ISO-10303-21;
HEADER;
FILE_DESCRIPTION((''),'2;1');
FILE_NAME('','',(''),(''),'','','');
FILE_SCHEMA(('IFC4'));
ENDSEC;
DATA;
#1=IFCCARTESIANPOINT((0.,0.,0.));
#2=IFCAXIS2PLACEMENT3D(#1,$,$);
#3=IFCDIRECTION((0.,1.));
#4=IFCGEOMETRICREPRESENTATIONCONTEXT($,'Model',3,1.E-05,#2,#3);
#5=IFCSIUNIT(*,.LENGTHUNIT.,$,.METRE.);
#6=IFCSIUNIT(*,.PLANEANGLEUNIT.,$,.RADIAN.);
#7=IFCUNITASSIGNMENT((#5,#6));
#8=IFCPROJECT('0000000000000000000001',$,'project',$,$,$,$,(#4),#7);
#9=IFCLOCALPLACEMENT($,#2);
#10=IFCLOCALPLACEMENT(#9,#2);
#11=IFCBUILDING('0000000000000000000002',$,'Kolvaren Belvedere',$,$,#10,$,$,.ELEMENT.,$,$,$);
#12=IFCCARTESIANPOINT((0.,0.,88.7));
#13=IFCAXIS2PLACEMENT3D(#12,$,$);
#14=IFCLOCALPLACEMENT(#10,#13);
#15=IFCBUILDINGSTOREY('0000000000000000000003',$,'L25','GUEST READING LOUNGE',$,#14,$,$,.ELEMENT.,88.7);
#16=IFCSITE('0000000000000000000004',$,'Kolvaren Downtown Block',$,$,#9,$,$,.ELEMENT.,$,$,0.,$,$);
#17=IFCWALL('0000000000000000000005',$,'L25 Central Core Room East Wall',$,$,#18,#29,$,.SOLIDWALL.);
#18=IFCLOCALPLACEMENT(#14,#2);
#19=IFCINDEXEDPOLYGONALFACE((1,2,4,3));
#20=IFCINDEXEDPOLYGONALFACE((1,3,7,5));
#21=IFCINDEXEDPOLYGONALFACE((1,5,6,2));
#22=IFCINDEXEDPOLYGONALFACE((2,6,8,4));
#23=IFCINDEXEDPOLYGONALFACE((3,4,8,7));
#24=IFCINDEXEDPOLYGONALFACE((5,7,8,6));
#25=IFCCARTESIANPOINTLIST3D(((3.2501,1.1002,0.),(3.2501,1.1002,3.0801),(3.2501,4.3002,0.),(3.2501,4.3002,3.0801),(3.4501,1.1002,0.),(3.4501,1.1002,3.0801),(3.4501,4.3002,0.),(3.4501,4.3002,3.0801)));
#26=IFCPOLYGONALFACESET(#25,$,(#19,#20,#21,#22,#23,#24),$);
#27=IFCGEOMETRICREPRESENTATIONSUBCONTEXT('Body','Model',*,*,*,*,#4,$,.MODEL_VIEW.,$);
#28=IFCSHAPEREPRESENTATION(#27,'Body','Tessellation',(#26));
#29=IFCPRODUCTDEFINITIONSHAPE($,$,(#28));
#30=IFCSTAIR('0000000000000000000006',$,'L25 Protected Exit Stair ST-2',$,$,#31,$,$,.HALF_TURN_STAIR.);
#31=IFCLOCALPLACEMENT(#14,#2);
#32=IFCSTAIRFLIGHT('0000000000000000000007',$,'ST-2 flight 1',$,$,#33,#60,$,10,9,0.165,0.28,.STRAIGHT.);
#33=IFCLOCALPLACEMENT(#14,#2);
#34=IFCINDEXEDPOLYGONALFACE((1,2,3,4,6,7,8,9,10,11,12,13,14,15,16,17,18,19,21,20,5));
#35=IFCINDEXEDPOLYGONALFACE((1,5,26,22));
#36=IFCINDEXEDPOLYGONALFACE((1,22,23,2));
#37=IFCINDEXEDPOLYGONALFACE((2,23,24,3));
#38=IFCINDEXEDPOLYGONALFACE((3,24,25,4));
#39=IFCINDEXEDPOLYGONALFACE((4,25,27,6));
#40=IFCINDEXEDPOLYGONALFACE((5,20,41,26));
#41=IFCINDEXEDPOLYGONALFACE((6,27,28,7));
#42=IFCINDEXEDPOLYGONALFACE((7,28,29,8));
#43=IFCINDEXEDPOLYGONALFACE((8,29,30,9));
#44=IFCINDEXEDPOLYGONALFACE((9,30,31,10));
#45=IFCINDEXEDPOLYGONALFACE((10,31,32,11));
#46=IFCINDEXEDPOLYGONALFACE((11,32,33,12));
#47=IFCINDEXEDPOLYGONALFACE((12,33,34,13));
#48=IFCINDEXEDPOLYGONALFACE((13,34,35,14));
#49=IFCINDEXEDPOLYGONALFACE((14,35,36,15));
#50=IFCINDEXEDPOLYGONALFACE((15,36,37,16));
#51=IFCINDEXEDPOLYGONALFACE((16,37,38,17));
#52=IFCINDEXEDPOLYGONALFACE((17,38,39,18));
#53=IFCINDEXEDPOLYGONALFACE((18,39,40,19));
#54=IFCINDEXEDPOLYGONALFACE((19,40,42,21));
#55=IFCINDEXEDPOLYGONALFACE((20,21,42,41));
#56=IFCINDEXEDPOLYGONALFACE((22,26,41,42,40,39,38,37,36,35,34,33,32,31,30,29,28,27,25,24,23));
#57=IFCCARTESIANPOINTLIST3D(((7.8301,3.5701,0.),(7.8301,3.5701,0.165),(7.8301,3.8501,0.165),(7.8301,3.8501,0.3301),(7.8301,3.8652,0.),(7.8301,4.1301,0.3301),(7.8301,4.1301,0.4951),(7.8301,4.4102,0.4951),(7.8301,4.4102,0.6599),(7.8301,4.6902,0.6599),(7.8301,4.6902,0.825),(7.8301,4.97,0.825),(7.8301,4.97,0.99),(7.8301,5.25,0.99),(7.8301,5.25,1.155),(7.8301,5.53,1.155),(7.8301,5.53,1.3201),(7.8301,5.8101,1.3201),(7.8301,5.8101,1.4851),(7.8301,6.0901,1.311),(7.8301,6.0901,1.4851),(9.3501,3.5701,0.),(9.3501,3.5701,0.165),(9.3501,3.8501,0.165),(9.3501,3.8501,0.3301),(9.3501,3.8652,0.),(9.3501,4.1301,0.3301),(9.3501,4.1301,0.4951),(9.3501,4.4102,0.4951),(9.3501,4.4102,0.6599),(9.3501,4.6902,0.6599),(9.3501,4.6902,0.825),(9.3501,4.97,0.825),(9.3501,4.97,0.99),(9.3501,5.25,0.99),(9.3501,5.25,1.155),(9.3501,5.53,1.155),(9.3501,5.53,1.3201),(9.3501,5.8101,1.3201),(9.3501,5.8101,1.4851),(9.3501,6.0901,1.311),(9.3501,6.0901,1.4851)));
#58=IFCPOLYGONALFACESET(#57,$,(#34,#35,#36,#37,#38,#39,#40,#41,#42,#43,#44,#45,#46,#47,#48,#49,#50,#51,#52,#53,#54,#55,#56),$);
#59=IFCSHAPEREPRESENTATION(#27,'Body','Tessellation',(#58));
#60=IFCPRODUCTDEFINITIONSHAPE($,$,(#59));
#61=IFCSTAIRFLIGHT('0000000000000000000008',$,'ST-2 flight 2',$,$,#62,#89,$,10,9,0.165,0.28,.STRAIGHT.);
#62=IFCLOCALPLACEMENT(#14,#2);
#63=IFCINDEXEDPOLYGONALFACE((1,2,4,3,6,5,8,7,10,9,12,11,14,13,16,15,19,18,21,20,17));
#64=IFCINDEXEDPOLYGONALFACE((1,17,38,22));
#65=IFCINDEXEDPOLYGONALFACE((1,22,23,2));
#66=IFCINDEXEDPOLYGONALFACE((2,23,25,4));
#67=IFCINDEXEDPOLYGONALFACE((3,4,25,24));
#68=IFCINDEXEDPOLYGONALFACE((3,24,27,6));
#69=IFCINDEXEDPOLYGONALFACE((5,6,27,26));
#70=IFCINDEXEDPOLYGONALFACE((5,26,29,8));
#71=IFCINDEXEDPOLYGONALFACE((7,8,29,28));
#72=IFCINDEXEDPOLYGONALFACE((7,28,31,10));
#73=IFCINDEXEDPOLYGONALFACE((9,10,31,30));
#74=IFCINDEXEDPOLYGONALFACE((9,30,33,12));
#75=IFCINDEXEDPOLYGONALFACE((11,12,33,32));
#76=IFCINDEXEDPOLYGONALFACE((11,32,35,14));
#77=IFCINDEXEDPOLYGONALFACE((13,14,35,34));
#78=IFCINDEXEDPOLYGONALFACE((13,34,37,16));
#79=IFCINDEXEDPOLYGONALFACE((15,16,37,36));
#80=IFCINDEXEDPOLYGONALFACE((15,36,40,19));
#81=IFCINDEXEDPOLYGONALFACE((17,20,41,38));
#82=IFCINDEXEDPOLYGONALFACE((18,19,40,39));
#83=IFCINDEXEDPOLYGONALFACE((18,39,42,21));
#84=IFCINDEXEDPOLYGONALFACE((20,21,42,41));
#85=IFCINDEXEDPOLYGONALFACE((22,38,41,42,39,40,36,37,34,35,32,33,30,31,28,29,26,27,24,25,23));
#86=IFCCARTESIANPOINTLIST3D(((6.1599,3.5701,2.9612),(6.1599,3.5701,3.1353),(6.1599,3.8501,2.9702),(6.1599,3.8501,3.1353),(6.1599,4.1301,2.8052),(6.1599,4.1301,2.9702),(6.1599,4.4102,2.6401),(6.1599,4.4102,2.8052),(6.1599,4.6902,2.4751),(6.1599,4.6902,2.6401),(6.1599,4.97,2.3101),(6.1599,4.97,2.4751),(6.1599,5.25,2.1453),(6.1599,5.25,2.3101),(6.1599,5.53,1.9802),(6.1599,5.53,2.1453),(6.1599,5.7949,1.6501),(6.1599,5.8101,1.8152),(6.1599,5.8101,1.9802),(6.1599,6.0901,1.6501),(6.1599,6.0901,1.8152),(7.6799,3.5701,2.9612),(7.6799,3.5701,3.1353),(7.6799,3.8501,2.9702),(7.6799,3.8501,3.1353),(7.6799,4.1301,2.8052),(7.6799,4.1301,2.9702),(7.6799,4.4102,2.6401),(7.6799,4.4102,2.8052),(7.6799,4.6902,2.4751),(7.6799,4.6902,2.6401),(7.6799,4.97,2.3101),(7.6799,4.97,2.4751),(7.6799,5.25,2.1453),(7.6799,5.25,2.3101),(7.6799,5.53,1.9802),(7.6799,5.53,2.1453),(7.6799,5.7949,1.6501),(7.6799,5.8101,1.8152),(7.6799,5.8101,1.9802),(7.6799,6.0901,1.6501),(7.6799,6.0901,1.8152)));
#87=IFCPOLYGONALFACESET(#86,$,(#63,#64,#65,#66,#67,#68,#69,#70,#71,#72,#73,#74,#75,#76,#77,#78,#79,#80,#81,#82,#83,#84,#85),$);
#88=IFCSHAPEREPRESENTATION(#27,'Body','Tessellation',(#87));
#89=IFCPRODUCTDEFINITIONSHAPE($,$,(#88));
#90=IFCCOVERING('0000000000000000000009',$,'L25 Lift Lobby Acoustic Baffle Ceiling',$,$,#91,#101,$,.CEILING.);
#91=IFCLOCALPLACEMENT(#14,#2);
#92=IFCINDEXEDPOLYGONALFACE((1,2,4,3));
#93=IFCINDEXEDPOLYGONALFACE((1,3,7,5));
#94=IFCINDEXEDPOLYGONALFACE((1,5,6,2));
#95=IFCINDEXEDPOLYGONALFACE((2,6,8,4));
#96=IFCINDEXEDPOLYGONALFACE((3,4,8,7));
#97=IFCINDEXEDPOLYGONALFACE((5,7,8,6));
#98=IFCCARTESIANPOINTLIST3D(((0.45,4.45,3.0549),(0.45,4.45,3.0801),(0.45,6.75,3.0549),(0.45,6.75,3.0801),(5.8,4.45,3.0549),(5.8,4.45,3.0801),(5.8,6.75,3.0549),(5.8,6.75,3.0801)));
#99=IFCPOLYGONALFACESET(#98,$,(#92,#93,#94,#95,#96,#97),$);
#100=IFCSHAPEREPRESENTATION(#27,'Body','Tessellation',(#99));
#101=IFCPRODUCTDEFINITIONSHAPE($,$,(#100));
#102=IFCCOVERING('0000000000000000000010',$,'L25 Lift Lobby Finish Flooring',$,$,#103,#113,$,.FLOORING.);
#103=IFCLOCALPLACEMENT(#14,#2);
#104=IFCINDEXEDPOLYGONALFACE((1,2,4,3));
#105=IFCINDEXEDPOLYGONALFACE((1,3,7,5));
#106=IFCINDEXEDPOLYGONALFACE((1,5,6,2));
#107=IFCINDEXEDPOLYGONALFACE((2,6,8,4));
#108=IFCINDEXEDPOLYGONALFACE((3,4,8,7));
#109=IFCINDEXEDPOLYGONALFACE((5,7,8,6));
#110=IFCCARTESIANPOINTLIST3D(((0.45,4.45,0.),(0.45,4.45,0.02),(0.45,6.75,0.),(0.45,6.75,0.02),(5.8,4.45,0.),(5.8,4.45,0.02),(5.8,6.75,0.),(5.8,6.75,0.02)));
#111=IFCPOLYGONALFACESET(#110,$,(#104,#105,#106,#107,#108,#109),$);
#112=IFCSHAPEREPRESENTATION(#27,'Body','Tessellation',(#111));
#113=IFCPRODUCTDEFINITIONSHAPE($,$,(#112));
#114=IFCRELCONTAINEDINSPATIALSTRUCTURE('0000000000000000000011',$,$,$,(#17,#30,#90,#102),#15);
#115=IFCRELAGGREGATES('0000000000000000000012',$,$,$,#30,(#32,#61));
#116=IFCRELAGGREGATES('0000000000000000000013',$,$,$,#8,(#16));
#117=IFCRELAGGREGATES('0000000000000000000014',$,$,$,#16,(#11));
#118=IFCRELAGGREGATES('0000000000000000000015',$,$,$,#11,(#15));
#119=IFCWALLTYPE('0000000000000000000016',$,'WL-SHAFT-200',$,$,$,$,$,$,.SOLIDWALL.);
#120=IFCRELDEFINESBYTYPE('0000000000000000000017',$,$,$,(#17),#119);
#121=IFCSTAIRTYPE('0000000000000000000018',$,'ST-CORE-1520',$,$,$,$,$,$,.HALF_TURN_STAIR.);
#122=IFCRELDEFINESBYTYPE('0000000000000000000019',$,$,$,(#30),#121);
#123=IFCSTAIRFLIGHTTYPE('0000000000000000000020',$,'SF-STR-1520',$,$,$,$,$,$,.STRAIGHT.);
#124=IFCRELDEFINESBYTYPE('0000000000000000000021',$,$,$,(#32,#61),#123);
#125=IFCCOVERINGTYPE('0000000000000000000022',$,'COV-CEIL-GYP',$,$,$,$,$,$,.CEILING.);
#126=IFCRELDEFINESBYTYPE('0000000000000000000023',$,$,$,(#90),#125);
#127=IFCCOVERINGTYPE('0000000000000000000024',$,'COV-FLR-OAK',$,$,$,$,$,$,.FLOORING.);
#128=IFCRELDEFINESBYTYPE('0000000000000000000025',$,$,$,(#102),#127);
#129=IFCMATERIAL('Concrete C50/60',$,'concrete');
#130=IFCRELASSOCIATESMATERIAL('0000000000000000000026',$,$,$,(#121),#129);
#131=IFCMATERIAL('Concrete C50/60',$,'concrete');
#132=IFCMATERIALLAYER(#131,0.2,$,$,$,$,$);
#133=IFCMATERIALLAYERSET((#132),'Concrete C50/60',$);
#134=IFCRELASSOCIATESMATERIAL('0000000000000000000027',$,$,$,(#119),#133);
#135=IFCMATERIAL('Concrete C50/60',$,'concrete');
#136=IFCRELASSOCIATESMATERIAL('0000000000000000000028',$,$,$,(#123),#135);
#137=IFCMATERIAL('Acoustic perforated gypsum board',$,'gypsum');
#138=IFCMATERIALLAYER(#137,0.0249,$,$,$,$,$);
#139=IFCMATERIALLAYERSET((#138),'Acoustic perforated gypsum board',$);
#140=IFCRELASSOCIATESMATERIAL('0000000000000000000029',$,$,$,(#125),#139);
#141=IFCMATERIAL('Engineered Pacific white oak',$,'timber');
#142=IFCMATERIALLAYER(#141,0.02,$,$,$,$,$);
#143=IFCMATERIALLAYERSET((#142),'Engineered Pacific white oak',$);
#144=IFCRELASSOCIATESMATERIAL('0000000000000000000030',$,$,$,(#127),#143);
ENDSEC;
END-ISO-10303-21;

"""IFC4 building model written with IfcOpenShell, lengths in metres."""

from ifc_helpers import new_model, si_unit, direction, frame, frame_2d, origin, place, context, subcontext, project, spatial, polyline, rectangle, outline, extrude, material, layer, layer_set, type_object, element, aggregate, save


model = new_model("IFC4")

# Units and contexts
model_context = context("Model", 3, precision=1e-05, world=origin(), true_north=direction((0.0, 1.0)))
body_context = subcontext(model_context, "Body", "Model", "MODEL_VIEW")
ifc_project = project(units=[si_unit("LENGTHUNIT", "METRE"), si_unit("PLANEANGLEUNIT", "RADIAN")], contexts=[model_context])

# Site, building, storey
site_placement = place(None, origin())
site = spatial("IfcSite", under=ifc_project, at=site_placement, Name="Kolvaren Downtown Block", CompositionType="ELEMENT", RefElevation=0.0)
building_placement = place(site_placement, origin())
building = spatial("IfcBuilding", under=site, at=building_placement, Name="Kolvaren Belvedere", CompositionType="ELEMENT")
storey_placement = place(building_placement, frame((0.0, 0.0, 88.7)))
storey = spatial("IfcBuildingStorey", under=building, at=storey_placement, Name="L25", Description="GUEST READING LOUNGE", CompositionType="ELEMENT", Elevation=88.7)

# Shared definitions
ifc_material_1 = material(Name="Concrete C50/60", Category="concrete")
stair_type = type_object("IfcStairType", Name="ST-CORE-1520", PredefinedType="HALF_TURN_STAIR", material=ifc_material_1)

# Shared definitions
ifc_material_2 = material(Name="Concrete C50/60", Category="concrete")
ifc_layer_1 = layer(ifc_material_2, 0.2)
ifc_layer_set_1 = layer_set([ifc_layer_1], Name="Concrete C50/60")
wall_type_1 = type_object("IfcWallType", Name="WL-SHAFT-200", PredefinedType="SOLIDWALL", material=ifc_layer_set_1)

# Wall
wall_1_placement = place(storey_placement, frame((3.3501, 1.1001, 0.0), z_axis=(0.0, 0.0, 1.0), x_axis=(0.0, 1.0, 0.0)))
element("IfcWall", 1, at=wall_1_placement, inside=storey, type_object=wall_type_1, Name="L25 Central Core Room East Wall", PredefinedType="SOLIDWALL", context=body_context, shape_type="SweptSolid", body=[
    extrude(rectangle(XDim=3.2, YDim=0.2, at=frame_2d((1.6001, 0.0))), origin(), (0.0, 0.0, 1.0), 3.0801),
])

# Stair, stair flights
stair_1_placement = place(storey_placement, origin())
stair_1 = element("IfcStair", 2, at=stair_1_placement, inside=storey, type_object=stair_type, Name="L25 Protected Exit Stair ST-2", PredefinedType="HALF_TURN_STAIR")
ifc_material_3 = material(Name="Concrete C50/60", Category="concrete")
stair_flight_type = type_object("IfcStairFlightType", Name="SF-STR-1520", PredefinedType="STRAIGHT", material=ifc_material_3)
stair_flight_1_placement = place(storey_placement, frame((8.5901, 3.5701, 0.0), z_axis=(0.0, 0.0, 1.0), x_axis=(0.0, 1.0, 0.0)))
stair_flight_1 = element("IfcStairFlight", 3, at=stair_flight_1_placement, type_object=stair_flight_type, Name="ST-2 flight 1", NumberOfRisers=10, NumberOfTreads=9, PredefinedType="STRAIGHT", RiserHeight=0.165, TreadLength=0.28, context=body_context, shape_type="SweptSolid", body=[
    extrude(outline(polyline([(0.0, 0.0), (0.0, 0.165), (0.28, 0.165), (0.28, 0.3301), (0.5601, 0.3301), (0.5601, 0.4951), (0.8401, 0.4951), (0.8401, 0.6599), (1.1201, 0.6599), (1.1201, 0.825), (1.3999, 0.825), (1.3999, 0.99), (1.6799, 0.99), (1.6799, 1.155), (1.96, 1.155), (1.96, 1.3201), (2.24, 1.3201), (2.24, 1.4851), (2.52, 1.4851), (2.52, 1.6499), (2.52, 1.311), (0.2952, 0.0), (0.0, 0.0)])), frame((0.0, 0.76, 0.0), z_axis=(0.0, -1.0, 0.0), x_axis=(1.0, 0.0, 0.0)), (0.0, 0.0, 1.0), 1.52),
])
stair_flight_2_placement = place(storey_placement, frame((6.9199, 6.0901, 1.6501), z_axis=(0.0, 0.0, 1.0), x_axis=(0.0, -1.0, 0.0)))
stair_flight_2 = element("IfcStairFlight", 4, at=stair_flight_2_placement, type_object=stair_flight_type, Name="ST-2 flight 2", NumberOfRisers=10, NumberOfTreads=9, PredefinedType="STRAIGHT", RiserHeight=0.165, TreadLength=0.28, context=body_context, shape_type="SweptSolid", body=[
    extrude(outline(polyline([(0.0, 0.0), (0.0, 0.165), (0.28, 0.165), (0.28, 0.3301), (0.5601, 0.3301), (0.5601, 0.4951), (0.8401, 0.4951), (0.8401, 0.6599), (1.1201, 0.6599), (1.1201, 0.825), (1.3999, 0.825), (1.3999, 0.99), (1.6799, 0.99), (1.6799, 1.155), (1.96, 1.155), (1.96, 1.3201), (2.24, 1.3201), (2.24, 1.4851), (2.52, 1.4851), (2.52, 1.6499), (2.52, 1.311), (0.2952, 0.0), (0.0, 0.0)])), frame((0.0, 0.76, 0.0), z_axis=(0.0, -1.0, 0.0), x_axis=(1.0, 0.0, 0.0)), (0.0, 0.0, 1.0), 1.52),
])
aggregate(stair_1, [stair_flight_1, stair_flight_2])

# Coverings
ifc_material_4 = material(Name="Acoustic perforated gypsum board", Category="gypsum")
ifc_layer_2 = layer(ifc_material_4, 0.0249)
ifc_layer_set_2 = layer_set([ifc_layer_2], Name="Acoustic perforated gypsum board")
covering_type_1 = type_object("IfcCoveringType", Name="COV-CEIL-GYP", PredefinedType="CEILING", material=ifc_layer_set_2)
covering_1_placement = place(storey_placement, frame((0.0, 0.0, 3.0549)))
element("IfcCovering", 5, at=covering_1_placement, inside=storey, type_object=covering_type_1, Name="L25 Lift Lobby Acoustic Baffle Ceiling", PredefinedType="CEILING", context=body_context, shape_type="SweptSolid", body=[
    extrude(outline(polyline([(0.45, 4.45), (5.8, 4.45), (5.8, 6.75), (0.45, 6.75), (0.45, 4.45)])), origin(), (0.0, 0.0, 1.0), 0.0251),
])
ifc_material_5 = material(Name="Engineered Pacific white oak", Category="timber")
ifc_layer_3 = layer(ifc_material_5, 0.02)
ifc_layer_set_3 = layer_set([ifc_layer_3], Name="Engineered Pacific white oak")
covering_type_2 = type_object("IfcCoveringType", Name="COV-FLR-OAK", PredefinedType="FLOORING", material=ifc_layer_set_3)
covering_2_placement = place(storey_placement, origin())
element("IfcCovering", 6, at=covering_2_placement, inside=storey, type_object=covering_type_2, Name="L25 Lift Lobby Finish Flooring", PredefinedType="FLOORING", context=body_context, shape_type="SweptSolid", body=[
    extrude(outline(polyline([(0.45, 4.45), (5.8, 4.45), (5.8, 6.75), (0.45, 6.75), (0.45, 4.45)])), origin(), (0.0, 0.0, 1.0), 0.02),
])

save(model, "model.ifc")
